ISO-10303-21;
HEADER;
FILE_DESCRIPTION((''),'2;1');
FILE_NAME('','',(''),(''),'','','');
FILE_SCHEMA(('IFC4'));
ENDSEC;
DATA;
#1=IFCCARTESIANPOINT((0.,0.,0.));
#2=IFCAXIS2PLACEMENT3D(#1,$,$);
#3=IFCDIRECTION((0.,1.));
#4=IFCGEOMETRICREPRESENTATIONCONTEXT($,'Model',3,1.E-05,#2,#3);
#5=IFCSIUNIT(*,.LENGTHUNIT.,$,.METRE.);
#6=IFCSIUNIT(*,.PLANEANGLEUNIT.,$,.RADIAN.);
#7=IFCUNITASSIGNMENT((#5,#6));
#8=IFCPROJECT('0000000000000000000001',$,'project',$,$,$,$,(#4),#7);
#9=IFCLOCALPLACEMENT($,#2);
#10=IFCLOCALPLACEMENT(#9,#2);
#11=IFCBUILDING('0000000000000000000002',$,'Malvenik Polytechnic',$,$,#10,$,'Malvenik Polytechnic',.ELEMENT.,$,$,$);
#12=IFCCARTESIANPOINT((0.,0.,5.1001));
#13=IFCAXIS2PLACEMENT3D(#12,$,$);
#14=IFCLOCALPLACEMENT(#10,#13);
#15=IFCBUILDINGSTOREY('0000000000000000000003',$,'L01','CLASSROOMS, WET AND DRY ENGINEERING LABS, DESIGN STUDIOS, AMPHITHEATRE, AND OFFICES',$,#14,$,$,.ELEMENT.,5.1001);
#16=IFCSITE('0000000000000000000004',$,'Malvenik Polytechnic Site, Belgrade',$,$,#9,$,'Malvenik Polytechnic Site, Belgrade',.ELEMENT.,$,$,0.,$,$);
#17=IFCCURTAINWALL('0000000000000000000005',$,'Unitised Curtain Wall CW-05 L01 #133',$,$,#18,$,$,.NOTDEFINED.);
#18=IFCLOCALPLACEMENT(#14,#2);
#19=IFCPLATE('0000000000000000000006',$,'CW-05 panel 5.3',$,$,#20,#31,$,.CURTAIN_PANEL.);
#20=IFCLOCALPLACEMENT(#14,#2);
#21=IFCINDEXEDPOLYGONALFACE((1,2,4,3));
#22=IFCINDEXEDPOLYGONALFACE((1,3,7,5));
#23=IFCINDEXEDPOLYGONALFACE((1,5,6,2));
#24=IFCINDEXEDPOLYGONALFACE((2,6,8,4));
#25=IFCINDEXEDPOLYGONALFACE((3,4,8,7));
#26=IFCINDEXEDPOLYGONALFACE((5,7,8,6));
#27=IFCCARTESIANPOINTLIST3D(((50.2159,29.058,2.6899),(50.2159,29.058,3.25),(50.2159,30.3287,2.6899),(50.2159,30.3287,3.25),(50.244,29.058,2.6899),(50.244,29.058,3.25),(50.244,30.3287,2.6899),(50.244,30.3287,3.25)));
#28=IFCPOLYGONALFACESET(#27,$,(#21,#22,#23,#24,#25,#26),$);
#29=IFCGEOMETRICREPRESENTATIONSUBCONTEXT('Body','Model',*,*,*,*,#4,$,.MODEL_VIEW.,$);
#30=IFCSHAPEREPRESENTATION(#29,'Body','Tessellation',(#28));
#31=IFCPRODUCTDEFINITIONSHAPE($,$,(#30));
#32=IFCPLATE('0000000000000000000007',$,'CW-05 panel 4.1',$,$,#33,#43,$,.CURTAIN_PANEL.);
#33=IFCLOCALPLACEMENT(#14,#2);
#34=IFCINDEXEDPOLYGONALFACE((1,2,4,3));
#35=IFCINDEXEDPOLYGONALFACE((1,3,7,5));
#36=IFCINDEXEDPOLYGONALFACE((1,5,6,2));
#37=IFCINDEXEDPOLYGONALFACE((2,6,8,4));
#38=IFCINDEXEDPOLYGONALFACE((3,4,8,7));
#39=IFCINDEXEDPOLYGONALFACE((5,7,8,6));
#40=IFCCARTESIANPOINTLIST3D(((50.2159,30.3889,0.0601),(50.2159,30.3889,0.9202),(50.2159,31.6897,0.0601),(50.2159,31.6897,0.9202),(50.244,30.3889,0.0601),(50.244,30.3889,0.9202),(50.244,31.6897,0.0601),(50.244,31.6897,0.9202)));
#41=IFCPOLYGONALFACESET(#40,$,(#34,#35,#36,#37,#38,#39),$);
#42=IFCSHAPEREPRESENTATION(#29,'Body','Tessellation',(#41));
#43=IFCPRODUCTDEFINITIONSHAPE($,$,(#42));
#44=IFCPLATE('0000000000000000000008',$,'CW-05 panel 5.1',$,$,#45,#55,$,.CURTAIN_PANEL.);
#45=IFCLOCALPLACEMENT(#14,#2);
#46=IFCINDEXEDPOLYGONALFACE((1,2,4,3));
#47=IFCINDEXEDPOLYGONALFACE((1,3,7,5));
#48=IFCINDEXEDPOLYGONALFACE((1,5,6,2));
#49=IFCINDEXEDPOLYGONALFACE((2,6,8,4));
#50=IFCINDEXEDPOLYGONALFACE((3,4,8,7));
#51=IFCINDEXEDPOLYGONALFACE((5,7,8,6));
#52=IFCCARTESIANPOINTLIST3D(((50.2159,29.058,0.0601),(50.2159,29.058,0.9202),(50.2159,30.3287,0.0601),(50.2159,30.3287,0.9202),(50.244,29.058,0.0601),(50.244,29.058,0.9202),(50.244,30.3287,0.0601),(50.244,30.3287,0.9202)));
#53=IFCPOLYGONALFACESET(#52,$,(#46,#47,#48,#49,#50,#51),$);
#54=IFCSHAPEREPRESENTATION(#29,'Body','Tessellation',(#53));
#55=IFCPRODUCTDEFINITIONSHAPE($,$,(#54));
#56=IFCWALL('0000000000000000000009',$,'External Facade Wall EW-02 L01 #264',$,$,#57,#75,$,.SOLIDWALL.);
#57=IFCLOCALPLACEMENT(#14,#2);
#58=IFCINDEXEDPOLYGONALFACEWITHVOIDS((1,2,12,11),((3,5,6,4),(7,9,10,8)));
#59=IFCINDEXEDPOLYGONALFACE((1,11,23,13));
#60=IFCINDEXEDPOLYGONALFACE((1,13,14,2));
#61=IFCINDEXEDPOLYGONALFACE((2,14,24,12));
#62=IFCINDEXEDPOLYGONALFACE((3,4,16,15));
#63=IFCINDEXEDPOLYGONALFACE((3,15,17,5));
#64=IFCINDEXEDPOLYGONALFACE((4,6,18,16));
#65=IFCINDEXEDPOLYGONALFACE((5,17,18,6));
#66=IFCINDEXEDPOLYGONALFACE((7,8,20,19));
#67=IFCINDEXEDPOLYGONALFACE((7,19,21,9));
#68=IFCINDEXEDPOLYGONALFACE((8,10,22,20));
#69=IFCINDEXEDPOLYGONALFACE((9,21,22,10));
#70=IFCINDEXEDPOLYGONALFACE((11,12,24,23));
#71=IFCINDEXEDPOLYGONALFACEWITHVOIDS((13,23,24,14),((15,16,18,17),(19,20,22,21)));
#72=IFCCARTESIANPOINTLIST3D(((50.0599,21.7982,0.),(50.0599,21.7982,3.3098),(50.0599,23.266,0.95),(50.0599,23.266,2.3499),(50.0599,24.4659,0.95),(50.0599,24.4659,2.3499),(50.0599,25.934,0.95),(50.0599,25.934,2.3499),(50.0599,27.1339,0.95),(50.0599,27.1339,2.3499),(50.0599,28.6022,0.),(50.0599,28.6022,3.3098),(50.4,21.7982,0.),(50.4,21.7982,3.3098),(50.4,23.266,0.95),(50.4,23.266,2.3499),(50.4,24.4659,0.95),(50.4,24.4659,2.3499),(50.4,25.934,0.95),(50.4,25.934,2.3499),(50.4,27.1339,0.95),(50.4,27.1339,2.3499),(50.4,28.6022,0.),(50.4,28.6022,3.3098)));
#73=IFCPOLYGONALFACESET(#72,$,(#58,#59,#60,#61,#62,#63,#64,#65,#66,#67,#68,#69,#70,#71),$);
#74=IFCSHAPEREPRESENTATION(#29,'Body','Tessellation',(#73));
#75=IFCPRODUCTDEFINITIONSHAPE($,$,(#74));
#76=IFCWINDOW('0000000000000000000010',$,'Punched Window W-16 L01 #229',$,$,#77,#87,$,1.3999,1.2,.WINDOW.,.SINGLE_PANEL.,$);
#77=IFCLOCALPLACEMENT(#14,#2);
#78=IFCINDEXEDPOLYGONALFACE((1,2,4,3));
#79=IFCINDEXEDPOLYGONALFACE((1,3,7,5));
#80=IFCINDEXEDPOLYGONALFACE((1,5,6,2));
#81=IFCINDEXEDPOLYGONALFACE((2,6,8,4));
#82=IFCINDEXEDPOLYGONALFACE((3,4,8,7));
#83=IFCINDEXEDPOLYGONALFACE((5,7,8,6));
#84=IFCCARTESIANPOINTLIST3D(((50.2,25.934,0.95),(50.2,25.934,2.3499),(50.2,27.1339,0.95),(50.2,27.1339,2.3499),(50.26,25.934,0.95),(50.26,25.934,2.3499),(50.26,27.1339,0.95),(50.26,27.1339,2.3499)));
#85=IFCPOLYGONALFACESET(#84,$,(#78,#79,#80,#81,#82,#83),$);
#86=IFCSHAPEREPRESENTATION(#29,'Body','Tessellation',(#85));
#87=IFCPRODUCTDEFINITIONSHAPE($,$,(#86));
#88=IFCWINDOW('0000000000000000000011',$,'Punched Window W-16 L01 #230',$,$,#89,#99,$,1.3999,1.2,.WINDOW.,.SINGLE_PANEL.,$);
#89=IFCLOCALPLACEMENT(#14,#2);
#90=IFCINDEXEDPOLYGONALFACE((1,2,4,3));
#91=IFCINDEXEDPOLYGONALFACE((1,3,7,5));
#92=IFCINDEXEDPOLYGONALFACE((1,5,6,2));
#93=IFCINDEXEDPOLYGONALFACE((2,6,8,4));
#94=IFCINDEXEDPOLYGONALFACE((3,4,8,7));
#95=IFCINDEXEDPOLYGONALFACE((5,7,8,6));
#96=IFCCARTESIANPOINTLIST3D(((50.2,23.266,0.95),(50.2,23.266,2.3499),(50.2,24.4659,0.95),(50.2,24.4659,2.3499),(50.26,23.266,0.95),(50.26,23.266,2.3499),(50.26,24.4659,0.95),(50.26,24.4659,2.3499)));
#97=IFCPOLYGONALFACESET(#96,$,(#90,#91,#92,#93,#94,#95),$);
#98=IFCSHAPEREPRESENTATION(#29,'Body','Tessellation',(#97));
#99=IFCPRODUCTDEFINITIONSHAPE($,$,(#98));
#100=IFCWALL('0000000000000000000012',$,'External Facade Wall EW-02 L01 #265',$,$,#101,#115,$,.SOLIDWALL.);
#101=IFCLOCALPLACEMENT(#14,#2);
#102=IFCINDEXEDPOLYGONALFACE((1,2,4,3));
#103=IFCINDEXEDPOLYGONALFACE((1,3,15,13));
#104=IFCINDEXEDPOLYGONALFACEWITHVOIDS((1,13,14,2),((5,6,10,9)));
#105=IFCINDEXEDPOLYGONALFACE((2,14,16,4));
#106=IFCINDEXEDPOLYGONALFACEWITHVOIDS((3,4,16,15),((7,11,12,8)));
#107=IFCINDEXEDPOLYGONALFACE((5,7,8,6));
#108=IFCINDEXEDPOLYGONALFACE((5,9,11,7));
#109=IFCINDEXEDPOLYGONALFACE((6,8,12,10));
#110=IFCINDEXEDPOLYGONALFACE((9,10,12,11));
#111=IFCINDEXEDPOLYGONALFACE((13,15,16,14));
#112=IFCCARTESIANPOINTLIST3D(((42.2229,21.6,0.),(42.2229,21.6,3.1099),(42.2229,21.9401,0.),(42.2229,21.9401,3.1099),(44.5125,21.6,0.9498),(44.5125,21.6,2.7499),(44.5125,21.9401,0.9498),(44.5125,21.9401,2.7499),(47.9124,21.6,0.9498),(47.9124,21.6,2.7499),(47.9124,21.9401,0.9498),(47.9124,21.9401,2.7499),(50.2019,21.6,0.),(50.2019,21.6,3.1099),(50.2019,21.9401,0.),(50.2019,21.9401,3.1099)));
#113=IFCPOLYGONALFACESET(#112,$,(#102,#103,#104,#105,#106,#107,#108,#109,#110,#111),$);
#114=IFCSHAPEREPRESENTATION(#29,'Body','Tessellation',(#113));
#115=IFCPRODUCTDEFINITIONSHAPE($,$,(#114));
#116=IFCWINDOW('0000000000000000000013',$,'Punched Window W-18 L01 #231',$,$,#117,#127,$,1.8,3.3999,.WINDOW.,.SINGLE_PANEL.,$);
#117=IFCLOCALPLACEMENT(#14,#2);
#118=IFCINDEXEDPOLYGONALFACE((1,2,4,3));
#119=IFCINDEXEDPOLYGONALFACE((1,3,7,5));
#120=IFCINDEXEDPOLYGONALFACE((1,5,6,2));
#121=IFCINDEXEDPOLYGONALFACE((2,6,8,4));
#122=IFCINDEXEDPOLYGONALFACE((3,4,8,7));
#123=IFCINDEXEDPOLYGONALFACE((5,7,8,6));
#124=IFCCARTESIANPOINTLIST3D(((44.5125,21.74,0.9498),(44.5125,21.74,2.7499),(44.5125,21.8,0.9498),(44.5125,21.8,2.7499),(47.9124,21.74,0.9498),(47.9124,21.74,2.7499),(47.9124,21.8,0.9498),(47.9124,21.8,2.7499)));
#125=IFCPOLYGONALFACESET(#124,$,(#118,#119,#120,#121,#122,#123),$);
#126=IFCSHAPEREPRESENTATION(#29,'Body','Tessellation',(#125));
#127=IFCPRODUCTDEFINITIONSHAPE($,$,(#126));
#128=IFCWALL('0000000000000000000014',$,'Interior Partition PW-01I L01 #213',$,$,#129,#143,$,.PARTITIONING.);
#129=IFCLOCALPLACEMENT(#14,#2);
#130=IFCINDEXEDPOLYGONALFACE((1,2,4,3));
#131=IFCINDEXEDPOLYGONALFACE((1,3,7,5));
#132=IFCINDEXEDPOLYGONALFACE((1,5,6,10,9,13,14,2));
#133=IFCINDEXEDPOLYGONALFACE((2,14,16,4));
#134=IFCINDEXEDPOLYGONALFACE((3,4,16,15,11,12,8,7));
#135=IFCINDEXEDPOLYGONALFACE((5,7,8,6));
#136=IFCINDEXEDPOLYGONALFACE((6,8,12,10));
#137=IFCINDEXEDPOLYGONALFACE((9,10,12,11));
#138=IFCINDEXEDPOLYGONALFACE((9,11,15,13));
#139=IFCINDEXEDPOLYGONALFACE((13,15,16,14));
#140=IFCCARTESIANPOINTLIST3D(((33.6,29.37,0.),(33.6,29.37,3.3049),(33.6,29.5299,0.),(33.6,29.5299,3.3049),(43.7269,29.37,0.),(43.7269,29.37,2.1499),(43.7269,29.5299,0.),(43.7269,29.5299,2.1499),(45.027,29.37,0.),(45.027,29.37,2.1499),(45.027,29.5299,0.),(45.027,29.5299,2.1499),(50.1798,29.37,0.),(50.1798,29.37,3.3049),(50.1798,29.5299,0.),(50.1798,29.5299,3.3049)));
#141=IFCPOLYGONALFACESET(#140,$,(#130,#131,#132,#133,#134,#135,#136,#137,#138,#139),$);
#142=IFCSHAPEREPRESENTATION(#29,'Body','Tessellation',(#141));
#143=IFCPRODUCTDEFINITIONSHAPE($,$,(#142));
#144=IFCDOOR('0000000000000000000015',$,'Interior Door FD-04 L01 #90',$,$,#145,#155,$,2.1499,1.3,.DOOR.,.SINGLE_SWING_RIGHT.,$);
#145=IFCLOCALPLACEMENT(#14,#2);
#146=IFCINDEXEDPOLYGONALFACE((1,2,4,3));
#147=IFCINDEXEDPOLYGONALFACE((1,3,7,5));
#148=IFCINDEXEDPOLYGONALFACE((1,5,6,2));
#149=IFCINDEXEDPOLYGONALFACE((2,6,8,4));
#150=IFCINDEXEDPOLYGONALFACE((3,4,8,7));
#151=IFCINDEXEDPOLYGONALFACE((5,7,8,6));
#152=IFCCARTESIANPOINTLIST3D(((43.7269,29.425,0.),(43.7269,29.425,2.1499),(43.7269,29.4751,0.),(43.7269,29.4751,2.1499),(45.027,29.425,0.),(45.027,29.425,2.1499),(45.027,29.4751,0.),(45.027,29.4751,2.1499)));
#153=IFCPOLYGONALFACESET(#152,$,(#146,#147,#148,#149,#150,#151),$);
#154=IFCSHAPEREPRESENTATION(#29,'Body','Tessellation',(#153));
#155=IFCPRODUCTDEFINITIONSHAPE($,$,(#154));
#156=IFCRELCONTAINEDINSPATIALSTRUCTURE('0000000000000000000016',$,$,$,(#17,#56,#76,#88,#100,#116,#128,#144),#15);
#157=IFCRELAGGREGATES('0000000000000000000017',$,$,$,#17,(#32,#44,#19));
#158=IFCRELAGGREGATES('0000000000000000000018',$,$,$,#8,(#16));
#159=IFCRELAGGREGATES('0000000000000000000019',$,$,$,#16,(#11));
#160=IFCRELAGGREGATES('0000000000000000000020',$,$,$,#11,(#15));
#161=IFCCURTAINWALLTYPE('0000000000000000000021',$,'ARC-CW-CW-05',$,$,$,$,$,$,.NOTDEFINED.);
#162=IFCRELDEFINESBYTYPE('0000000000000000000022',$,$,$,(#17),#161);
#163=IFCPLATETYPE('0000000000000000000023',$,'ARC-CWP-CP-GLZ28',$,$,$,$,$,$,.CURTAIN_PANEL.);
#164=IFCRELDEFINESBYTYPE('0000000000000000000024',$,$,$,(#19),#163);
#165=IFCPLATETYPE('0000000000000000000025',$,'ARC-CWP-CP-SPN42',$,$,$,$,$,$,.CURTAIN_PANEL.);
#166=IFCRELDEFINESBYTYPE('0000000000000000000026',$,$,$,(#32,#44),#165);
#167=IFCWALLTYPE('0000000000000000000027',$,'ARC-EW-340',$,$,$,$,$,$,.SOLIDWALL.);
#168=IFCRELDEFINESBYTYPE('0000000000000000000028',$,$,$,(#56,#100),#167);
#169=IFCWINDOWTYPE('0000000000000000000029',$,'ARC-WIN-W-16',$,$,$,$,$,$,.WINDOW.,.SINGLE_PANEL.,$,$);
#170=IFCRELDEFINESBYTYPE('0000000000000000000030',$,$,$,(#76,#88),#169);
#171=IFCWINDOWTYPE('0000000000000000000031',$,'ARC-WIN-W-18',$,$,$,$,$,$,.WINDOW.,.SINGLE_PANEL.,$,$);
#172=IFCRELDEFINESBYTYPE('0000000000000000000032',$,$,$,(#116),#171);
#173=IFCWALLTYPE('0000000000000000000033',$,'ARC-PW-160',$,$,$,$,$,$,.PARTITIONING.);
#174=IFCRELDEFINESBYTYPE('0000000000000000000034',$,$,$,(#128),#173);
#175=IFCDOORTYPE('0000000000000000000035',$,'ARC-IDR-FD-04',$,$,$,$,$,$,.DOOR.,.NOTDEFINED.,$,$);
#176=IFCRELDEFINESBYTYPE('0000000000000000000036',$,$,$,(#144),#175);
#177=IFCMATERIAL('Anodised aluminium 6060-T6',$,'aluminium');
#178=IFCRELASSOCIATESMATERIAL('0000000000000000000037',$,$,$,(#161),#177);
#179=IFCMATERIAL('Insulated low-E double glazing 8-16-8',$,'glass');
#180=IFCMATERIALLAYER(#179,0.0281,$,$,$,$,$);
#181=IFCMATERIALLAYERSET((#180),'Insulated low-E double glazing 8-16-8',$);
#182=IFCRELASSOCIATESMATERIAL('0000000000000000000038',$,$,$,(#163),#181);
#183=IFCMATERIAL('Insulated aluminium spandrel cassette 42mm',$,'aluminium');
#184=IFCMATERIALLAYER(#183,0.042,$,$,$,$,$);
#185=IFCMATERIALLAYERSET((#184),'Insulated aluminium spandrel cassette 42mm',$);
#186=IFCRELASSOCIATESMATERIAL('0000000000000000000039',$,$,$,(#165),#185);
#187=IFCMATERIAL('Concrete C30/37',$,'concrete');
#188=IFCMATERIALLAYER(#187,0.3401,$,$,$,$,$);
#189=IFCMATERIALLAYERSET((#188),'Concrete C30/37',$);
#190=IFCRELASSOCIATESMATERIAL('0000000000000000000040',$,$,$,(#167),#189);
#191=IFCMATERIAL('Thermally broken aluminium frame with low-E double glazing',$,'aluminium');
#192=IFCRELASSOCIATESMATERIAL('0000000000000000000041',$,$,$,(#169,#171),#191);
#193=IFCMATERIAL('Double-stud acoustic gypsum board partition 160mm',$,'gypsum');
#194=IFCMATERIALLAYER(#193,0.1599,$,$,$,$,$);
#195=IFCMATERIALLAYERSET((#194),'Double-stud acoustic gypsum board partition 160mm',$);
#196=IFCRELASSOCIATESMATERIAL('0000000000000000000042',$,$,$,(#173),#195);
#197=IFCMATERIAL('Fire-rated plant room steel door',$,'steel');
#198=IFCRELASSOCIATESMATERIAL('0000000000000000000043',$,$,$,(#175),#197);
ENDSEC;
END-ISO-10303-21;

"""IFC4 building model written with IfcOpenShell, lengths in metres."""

from ifc_helpers import new_model, si_unit, direction, frame, frame_2d, origin, origin_2d, place, context, subcontext, project, spatial, rectangle, extrude, material, layer, layer_set, type_object, element, fill, aggregate, save


model = new_model("IFC4")

# Units and contexts
model_context = context("Model", 3, precision=1e-05, world=origin(), true_north=direction((0.0, 1.0)))
body_context = subcontext(model_context, "Body", "Model", "MODEL_VIEW")
ifc_project = project(units=[si_unit("LENGTHUNIT", "METRE"), si_unit("PLANEANGLEUNIT", "RADIAN")], contexts=[model_context])

# Site, building, storey
site_placement = place(None, origin())
site = spatial("IfcSite", under=ifc_project, at=site_placement, Name="Malvenik Polytechnic Site, Belgrade", LongName="Malvenik Polytechnic Site, Belgrade", CompositionType="ELEMENT", RefElevation=0.0)
building_placement = place(site_placement, origin())
building = spatial("IfcBuilding", under=site, at=building_placement, Name="Malvenik Polytechnic", LongName="Malvenik Polytechnic", CompositionType="ELEMENT")
storey_placement = place(building_placement, frame((0.0, 0.0, 5.1001)))
storey = spatial("IfcBuildingStorey", under=building, at=storey_placement, Name="L01", Description="CLASSROOMS, WET AND DRY ENGINEERING LABS, DESIGN STUDIOS, AMPHITHEATRE, AND OFFICES", CompositionType="ELEMENT", Elevation=5.1001)

# Curtain wall
ifc_material_1 = material(Name="Anodised aluminium 6060-T6", Category="aluminium")
curtain_wall_type = type_object("IfcCurtainWallType", Name="ARC-CW-CW-05", PredefinedType="NOTDEFINED", material=ifc_material_1)
curtain_wall_placement = place(storey_placement, origin())
curtain_wall = element("IfcCurtainWall", 1, at=curtain_wall_placement, inside=storey, type_object=curtain_wall_type, Name="Unitised Curtain Wall CW-05 L01 #133", PredefinedType="NOTDEFINED")

# Shared definitions
ifc_material_2 = material(Name="Concrete C30/37", Category="concrete")

# Plates
ifc_material_3 = material(Name="Insulated low-E double glazing 8-16-8", Category="glass")
ifc_layer_1 = layer(ifc_material_3, 0.0281)
ifc_layer_set_1 = layer_set([ifc_layer_1], Name="Insulated low-E double glazing 8-16-8")
plate_type_1 = type_object("IfcPlateType", Name="ARC-CWP-CP-GLZ28", PredefinedType="CURTAIN_PANEL", material=ifc_layer_set_1)
plate_1_placement = place(storey_placement, frame((50.23, 29.6934, 2.6899), z_axis=(0.0, 0.0, 1.0), x_axis=(0.0, -1.0, 0.0)))
plate_1 = element("IfcPlate", 2, at=plate_1_placement, type_object=plate_type_1, Name="CW-05 panel 5.3", PredefinedType="CURTAIN_PANEL", context=body_context, shape_type="SweptSolid", body=[
    extrude(rectangle(XDim=1.2708, YDim=0.0281, at=origin_2d()), origin(), (0.0, 0.0, 1.0), 0.5601),
])
ifc_material_4 = material(Name="Insulated aluminium spandrel cassette 42mm", Category="aluminium")
ifc_layer_2 = layer(ifc_material_4, 0.042)
ifc_layer_set_2 = layer_set([ifc_layer_2], Name="Insulated aluminium spandrel cassette 42mm")
plate_type_2 = type_object("IfcPlateType", Name="ARC-CWP-CP-SPN42", PredefinedType="CURTAIN_PANEL", material=ifc_layer_set_2)
plate_2_placement = place(storey_placement, frame((50.23, 31.0393, 0.0601), z_axis=(0.0, 0.0, 1.0), x_axis=(0.0, -1.0, 0.0)))
plate_2 = element("IfcPlate", 3, at=plate_2_placement, type_object=plate_type_2, Name="CW-05 panel 4.1", PredefinedType="CURTAIN_PANEL", context=body_context, shape_type="SweptSolid", body=[
    extrude(rectangle(XDim=1.3008, YDim=0.0281, at=origin_2d()), origin(), (0.0, 0.0, 1.0), 0.8601),
])
plate_3_placement = place(storey_placement, frame((50.23, 29.6934, 0.0601), z_axis=(0.0, 0.0, 1.0), x_axis=(0.0, -1.0, 0.0)))
plate_3 = element("IfcPlate", 4, at=plate_3_placement, type_object=plate_type_2, Name="CW-05 panel 5.1", PredefinedType="CURTAIN_PANEL", context=body_context, shape_type="SweptSolid", body=[
    extrude(rectangle(XDim=1.2708, YDim=0.0281, at=origin_2d()), origin(), (0.0, 0.0, 1.0), 0.8601),
])
aggregate(curtain_wall, [plate_2, plate_3, plate_1])

# Wall, openings, windows
ifc_layer_3 = layer(ifc_material_2, 0.3401)
ifc_layer_set_3 = layer_set([ifc_layer_3], Name="Concrete C30/37")
wall_type_1 = type_object("IfcWallType", Name="ARC-EW-340", PredefinedType="SOLIDWALL", material=ifc_layer_set_3)
wall_1_placement = place(storey_placement, frame((50.23, 28.6021, 0.0), z_axis=(0.0, 0.0, 1.0), x_axis=(0.0, -1.0, 0.0)))
wall_1 = element("IfcWall", 5, at=wall_1_placement, inside=storey, type_object=wall_type_1, Name="External Facade Wall EW-02 L01 #264", PredefinedType="SOLIDWALL", context=body_context, shape_type="SweptSolid", body=[
    extrude(rectangle(XDim=6.804, YDim=0.3401, at=frame_2d((3.4019, 0.0))), origin(), (0.0, 0.0, 1.0), 3.3098),
])
opening_1_placement = place(wall_1_placement, frame((1.468, 0.0, 0.95)))
opening_1 = element("IfcOpeningElement", 6, at=opening_1_placement, cuts=wall_1, PredefinedType="OPENING", context=body_context, shape_type="SweptSolid", body=[
    extrude(rectangle(XDim=1.2, YDim=1.3999, at=frame_2d((0.6001, 0.7))), frame((0.0, 0.1802, 0.0), z_axis=(0.0, -1.0, 0.0), x_axis=(1.0, 0.0, 0.0)), (0.0, 0.0, 1.0), 0.3601),
])
opening_2_placement = place(wall_1_placement, frame((4.136, 0.0, 0.95)))
opening_2 = element("IfcOpeningElement", 7, at=opening_2_placement, cuts=wall_1, PredefinedType="OPENING", context=body_context, shape_type="SweptSolid", body=[
    extrude(rectangle(XDim=1.2, YDim=1.3999, at=frame_2d((0.6001, 0.7))), frame((0.0, 0.1802, 0.0), z_axis=(0.0, -1.0, 0.0), x_axis=(1.0, 0.0, 0.0)), (0.0, 0.0, 1.0), 0.3601),
])
ifc_material_5 = material(Name="Thermally broken aluminium frame with low-E double glazing", Category="aluminium")
window_type_1 = type_object("IfcWindowType", Name="ARC-WIN-W-16", PartitioningType="SINGLE_PANEL", PredefinedType="WINDOW", material=ifc_material_5)
window_1_placement = place(opening_1_placement, origin())
window_1 = element("IfcWindow", 8, at=window_1_placement, inside=storey, type_object=window_type_1, Name="Punched Window W-16 L01 #229", OverallHeight=1.3999, OverallWidth=1.2, PartitioningType="SINGLE_PANEL", PredefinedType="WINDOW", context=body_context, shape_type="SweptSolid", body=[
    extrude(rectangle(XDim=1.2, YDim=1.3999, at=frame_2d((0.6001, 0.7))), frame((0.0, 0.03, 0.0), z_axis=(0.0, -1.0, 0.0), x_axis=(1.0, 0.0, 0.0)), (0.0, 0.0, 1.0), 0.0601),
])
fill(opening_1, window_1)
window_2_placement = place(opening_2_placement, origin())
window_2 = element("IfcWindow", 9, at=window_2_placement, inside=storey, type_object=window_type_1, Name="Punched Window W-16 L01 #230", OverallHeight=1.3999, OverallWidth=1.2, PartitioningType="SINGLE_PANEL", PredefinedType="WINDOW", context=body_context, shape_type="SweptSolid", body=[
    extrude(rectangle(XDim=1.2, YDim=1.3999, at=frame_2d((0.6001, 0.7))), frame((0.0, 0.03, 0.0), z_axis=(0.0, -1.0, 0.0), x_axis=(1.0, 0.0, 0.0)), (0.0, 0.0, 1.0), 0.0601),
])
fill(opening_2, window_2)

# Wall, opening, window
wall_2_placement = place(storey_placement, frame((50.2019, 21.77, 0.0), z_axis=(0.0, 0.0, 1.0), x_axis=(-1.0, 0.0, 0.0)))
wall_2 = element("IfcWall", 10, at=wall_2_placement, inside=storey, type_object=wall_type_1, Name="External Facade Wall EW-02 L01 #265", PredefinedType="SOLIDWALL", context=body_context, shape_type="SweptSolid", body=[
    extrude(rectangle(XDim=7.979, YDim=0.3401, at=frame_2d((3.9895, 0.0))), origin(), (0.0, 0.0, 1.0), 3.1099),
])
opening_3_placement = place(wall_2_placement, frame((2.2896, 0.0, 0.95)))
opening_3 = element("IfcOpeningElement", 11, at=opening_3_placement, cuts=wall_2, PredefinedType="OPENING", context=body_context, shape_type="SweptSolid", body=[
    extrude(rectangle(XDim=3.3999, YDim=1.8, at=frame_2d((1.7, 0.8999))), frame((0.0, 0.1802, 0.0), z_axis=(0.0, -1.0, 0.0), x_axis=(1.0, 0.0, 0.0)), (0.0, 0.0, 1.0), 0.3601),
])
window_type_2 = type_object("IfcWindowType", Name="ARC-WIN-W-18", PartitioningType="SINGLE_PANEL", PredefinedType="WINDOW", material=ifc_material_5)
window_3_placement = place(opening_3_placement, origin())
window_3 = element("IfcWindow", 12, at=window_3_placement, inside=storey, type_object=window_type_2, Name="Punched Window W-18 L01 #231", OverallHeight=1.8, OverallWidth=3.3999, PartitioningType="SINGLE_PANEL", PredefinedType="WINDOW", context=body_context, shape_type="SweptSolid", body=[
    extrude(rectangle(XDim=3.3999, YDim=1.8, at=frame_2d((1.7, 0.8999))), frame((0.0, 0.03, 0.0), z_axis=(0.0, -1.0, 0.0), x_axis=(1.0, 0.0, 0.0)), (0.0, 0.0, 1.0), 0.0601),
])
fill(opening_3, window_3)

# Wall, opening, door
ifc_material_6 = material(Name="Double-stud acoustic gypsum board partition 160mm", Category="gypsum")
ifc_layer_4 = layer(ifc_material_6, 0.1599)
ifc_layer_set_4 = layer_set([ifc_layer_4], Name="Double-stud acoustic gypsum board partition 160mm")
wall_type_2 = type_object("IfcWallType", Name="ARC-PW-160", PredefinedType="PARTITIONING", material=ifc_layer_set_4)
wall_3_placement = place(storey_placement, frame((50.1799, 29.45, 0.0), z_axis=(0.0, 0.0, 1.0), x_axis=(-1.0, 0.0, 0.0)))
wall_3 = element("IfcWall", 13, at=wall_3_placement, inside=storey, type_object=wall_type_2, Name="Interior Partition PW-01I L01 #213", PredefinedType="PARTITIONING", context=body_context, shape_type="SweptSolid", body=[
    extrude(rectangle(XDim=16.5798, YDim=0.1599, at=frame_2d((8.29, 0.0))), origin(), (0.0, 0.0, 1.0), 3.3049),
])
opening_4_placement = place(wall_3_placement, frame((5.1531, 0.0, 0.0)))
opening_4 = element("IfcOpeningElement", 14, at=opening_4_placement, cuts=wall_3, PredefinedType="OPENING", context=body_context, shape_type="SweptSolid", body=[
    extrude(rectangle(XDim=1.3, YDim=2.1499, at=frame_2d((0.6499, 1.075))), frame((0.0, 0.0898, 0.0), z_axis=(0.0, -1.0, 0.0), x_axis=(1.0, 0.0, 0.0)), (0.0, 0.0, 1.0), 0.1799),
])
ifc_material_7 = material(Name="Fire-rated plant room steel door", Category="steel")
door_type = type_object("IfcDoorType", Name="ARC-IDR-FD-04", OperationType="NOTDEFINED", PredefinedType="DOOR", material=ifc_material_7)
door_placement = place(opening_4_placement, origin())
door = element("IfcDoor", 15, at=door_placement, inside=storey, type_object=door_type, Name="Interior Door FD-04 L01 #90", OperationType="SINGLE_SWING_RIGHT", OverallHeight=2.1499, OverallWidth=1.3, PredefinedType="DOOR", context=body_context, shape_type="SweptSolid", body=[
    extrude(rectangle(XDim=1.3, YDim=2.1499, at=frame_2d((0.6499, 1.075))), frame((0.0, 0.0249, 0.0), z_axis=(0.0, -1.0, 0.0), x_axis=(1.0, 0.0, 0.0)), (0.0, 0.0, 1.0), 0.05),
])
fill(opening_4, door)

save(model, "model.ifc")
